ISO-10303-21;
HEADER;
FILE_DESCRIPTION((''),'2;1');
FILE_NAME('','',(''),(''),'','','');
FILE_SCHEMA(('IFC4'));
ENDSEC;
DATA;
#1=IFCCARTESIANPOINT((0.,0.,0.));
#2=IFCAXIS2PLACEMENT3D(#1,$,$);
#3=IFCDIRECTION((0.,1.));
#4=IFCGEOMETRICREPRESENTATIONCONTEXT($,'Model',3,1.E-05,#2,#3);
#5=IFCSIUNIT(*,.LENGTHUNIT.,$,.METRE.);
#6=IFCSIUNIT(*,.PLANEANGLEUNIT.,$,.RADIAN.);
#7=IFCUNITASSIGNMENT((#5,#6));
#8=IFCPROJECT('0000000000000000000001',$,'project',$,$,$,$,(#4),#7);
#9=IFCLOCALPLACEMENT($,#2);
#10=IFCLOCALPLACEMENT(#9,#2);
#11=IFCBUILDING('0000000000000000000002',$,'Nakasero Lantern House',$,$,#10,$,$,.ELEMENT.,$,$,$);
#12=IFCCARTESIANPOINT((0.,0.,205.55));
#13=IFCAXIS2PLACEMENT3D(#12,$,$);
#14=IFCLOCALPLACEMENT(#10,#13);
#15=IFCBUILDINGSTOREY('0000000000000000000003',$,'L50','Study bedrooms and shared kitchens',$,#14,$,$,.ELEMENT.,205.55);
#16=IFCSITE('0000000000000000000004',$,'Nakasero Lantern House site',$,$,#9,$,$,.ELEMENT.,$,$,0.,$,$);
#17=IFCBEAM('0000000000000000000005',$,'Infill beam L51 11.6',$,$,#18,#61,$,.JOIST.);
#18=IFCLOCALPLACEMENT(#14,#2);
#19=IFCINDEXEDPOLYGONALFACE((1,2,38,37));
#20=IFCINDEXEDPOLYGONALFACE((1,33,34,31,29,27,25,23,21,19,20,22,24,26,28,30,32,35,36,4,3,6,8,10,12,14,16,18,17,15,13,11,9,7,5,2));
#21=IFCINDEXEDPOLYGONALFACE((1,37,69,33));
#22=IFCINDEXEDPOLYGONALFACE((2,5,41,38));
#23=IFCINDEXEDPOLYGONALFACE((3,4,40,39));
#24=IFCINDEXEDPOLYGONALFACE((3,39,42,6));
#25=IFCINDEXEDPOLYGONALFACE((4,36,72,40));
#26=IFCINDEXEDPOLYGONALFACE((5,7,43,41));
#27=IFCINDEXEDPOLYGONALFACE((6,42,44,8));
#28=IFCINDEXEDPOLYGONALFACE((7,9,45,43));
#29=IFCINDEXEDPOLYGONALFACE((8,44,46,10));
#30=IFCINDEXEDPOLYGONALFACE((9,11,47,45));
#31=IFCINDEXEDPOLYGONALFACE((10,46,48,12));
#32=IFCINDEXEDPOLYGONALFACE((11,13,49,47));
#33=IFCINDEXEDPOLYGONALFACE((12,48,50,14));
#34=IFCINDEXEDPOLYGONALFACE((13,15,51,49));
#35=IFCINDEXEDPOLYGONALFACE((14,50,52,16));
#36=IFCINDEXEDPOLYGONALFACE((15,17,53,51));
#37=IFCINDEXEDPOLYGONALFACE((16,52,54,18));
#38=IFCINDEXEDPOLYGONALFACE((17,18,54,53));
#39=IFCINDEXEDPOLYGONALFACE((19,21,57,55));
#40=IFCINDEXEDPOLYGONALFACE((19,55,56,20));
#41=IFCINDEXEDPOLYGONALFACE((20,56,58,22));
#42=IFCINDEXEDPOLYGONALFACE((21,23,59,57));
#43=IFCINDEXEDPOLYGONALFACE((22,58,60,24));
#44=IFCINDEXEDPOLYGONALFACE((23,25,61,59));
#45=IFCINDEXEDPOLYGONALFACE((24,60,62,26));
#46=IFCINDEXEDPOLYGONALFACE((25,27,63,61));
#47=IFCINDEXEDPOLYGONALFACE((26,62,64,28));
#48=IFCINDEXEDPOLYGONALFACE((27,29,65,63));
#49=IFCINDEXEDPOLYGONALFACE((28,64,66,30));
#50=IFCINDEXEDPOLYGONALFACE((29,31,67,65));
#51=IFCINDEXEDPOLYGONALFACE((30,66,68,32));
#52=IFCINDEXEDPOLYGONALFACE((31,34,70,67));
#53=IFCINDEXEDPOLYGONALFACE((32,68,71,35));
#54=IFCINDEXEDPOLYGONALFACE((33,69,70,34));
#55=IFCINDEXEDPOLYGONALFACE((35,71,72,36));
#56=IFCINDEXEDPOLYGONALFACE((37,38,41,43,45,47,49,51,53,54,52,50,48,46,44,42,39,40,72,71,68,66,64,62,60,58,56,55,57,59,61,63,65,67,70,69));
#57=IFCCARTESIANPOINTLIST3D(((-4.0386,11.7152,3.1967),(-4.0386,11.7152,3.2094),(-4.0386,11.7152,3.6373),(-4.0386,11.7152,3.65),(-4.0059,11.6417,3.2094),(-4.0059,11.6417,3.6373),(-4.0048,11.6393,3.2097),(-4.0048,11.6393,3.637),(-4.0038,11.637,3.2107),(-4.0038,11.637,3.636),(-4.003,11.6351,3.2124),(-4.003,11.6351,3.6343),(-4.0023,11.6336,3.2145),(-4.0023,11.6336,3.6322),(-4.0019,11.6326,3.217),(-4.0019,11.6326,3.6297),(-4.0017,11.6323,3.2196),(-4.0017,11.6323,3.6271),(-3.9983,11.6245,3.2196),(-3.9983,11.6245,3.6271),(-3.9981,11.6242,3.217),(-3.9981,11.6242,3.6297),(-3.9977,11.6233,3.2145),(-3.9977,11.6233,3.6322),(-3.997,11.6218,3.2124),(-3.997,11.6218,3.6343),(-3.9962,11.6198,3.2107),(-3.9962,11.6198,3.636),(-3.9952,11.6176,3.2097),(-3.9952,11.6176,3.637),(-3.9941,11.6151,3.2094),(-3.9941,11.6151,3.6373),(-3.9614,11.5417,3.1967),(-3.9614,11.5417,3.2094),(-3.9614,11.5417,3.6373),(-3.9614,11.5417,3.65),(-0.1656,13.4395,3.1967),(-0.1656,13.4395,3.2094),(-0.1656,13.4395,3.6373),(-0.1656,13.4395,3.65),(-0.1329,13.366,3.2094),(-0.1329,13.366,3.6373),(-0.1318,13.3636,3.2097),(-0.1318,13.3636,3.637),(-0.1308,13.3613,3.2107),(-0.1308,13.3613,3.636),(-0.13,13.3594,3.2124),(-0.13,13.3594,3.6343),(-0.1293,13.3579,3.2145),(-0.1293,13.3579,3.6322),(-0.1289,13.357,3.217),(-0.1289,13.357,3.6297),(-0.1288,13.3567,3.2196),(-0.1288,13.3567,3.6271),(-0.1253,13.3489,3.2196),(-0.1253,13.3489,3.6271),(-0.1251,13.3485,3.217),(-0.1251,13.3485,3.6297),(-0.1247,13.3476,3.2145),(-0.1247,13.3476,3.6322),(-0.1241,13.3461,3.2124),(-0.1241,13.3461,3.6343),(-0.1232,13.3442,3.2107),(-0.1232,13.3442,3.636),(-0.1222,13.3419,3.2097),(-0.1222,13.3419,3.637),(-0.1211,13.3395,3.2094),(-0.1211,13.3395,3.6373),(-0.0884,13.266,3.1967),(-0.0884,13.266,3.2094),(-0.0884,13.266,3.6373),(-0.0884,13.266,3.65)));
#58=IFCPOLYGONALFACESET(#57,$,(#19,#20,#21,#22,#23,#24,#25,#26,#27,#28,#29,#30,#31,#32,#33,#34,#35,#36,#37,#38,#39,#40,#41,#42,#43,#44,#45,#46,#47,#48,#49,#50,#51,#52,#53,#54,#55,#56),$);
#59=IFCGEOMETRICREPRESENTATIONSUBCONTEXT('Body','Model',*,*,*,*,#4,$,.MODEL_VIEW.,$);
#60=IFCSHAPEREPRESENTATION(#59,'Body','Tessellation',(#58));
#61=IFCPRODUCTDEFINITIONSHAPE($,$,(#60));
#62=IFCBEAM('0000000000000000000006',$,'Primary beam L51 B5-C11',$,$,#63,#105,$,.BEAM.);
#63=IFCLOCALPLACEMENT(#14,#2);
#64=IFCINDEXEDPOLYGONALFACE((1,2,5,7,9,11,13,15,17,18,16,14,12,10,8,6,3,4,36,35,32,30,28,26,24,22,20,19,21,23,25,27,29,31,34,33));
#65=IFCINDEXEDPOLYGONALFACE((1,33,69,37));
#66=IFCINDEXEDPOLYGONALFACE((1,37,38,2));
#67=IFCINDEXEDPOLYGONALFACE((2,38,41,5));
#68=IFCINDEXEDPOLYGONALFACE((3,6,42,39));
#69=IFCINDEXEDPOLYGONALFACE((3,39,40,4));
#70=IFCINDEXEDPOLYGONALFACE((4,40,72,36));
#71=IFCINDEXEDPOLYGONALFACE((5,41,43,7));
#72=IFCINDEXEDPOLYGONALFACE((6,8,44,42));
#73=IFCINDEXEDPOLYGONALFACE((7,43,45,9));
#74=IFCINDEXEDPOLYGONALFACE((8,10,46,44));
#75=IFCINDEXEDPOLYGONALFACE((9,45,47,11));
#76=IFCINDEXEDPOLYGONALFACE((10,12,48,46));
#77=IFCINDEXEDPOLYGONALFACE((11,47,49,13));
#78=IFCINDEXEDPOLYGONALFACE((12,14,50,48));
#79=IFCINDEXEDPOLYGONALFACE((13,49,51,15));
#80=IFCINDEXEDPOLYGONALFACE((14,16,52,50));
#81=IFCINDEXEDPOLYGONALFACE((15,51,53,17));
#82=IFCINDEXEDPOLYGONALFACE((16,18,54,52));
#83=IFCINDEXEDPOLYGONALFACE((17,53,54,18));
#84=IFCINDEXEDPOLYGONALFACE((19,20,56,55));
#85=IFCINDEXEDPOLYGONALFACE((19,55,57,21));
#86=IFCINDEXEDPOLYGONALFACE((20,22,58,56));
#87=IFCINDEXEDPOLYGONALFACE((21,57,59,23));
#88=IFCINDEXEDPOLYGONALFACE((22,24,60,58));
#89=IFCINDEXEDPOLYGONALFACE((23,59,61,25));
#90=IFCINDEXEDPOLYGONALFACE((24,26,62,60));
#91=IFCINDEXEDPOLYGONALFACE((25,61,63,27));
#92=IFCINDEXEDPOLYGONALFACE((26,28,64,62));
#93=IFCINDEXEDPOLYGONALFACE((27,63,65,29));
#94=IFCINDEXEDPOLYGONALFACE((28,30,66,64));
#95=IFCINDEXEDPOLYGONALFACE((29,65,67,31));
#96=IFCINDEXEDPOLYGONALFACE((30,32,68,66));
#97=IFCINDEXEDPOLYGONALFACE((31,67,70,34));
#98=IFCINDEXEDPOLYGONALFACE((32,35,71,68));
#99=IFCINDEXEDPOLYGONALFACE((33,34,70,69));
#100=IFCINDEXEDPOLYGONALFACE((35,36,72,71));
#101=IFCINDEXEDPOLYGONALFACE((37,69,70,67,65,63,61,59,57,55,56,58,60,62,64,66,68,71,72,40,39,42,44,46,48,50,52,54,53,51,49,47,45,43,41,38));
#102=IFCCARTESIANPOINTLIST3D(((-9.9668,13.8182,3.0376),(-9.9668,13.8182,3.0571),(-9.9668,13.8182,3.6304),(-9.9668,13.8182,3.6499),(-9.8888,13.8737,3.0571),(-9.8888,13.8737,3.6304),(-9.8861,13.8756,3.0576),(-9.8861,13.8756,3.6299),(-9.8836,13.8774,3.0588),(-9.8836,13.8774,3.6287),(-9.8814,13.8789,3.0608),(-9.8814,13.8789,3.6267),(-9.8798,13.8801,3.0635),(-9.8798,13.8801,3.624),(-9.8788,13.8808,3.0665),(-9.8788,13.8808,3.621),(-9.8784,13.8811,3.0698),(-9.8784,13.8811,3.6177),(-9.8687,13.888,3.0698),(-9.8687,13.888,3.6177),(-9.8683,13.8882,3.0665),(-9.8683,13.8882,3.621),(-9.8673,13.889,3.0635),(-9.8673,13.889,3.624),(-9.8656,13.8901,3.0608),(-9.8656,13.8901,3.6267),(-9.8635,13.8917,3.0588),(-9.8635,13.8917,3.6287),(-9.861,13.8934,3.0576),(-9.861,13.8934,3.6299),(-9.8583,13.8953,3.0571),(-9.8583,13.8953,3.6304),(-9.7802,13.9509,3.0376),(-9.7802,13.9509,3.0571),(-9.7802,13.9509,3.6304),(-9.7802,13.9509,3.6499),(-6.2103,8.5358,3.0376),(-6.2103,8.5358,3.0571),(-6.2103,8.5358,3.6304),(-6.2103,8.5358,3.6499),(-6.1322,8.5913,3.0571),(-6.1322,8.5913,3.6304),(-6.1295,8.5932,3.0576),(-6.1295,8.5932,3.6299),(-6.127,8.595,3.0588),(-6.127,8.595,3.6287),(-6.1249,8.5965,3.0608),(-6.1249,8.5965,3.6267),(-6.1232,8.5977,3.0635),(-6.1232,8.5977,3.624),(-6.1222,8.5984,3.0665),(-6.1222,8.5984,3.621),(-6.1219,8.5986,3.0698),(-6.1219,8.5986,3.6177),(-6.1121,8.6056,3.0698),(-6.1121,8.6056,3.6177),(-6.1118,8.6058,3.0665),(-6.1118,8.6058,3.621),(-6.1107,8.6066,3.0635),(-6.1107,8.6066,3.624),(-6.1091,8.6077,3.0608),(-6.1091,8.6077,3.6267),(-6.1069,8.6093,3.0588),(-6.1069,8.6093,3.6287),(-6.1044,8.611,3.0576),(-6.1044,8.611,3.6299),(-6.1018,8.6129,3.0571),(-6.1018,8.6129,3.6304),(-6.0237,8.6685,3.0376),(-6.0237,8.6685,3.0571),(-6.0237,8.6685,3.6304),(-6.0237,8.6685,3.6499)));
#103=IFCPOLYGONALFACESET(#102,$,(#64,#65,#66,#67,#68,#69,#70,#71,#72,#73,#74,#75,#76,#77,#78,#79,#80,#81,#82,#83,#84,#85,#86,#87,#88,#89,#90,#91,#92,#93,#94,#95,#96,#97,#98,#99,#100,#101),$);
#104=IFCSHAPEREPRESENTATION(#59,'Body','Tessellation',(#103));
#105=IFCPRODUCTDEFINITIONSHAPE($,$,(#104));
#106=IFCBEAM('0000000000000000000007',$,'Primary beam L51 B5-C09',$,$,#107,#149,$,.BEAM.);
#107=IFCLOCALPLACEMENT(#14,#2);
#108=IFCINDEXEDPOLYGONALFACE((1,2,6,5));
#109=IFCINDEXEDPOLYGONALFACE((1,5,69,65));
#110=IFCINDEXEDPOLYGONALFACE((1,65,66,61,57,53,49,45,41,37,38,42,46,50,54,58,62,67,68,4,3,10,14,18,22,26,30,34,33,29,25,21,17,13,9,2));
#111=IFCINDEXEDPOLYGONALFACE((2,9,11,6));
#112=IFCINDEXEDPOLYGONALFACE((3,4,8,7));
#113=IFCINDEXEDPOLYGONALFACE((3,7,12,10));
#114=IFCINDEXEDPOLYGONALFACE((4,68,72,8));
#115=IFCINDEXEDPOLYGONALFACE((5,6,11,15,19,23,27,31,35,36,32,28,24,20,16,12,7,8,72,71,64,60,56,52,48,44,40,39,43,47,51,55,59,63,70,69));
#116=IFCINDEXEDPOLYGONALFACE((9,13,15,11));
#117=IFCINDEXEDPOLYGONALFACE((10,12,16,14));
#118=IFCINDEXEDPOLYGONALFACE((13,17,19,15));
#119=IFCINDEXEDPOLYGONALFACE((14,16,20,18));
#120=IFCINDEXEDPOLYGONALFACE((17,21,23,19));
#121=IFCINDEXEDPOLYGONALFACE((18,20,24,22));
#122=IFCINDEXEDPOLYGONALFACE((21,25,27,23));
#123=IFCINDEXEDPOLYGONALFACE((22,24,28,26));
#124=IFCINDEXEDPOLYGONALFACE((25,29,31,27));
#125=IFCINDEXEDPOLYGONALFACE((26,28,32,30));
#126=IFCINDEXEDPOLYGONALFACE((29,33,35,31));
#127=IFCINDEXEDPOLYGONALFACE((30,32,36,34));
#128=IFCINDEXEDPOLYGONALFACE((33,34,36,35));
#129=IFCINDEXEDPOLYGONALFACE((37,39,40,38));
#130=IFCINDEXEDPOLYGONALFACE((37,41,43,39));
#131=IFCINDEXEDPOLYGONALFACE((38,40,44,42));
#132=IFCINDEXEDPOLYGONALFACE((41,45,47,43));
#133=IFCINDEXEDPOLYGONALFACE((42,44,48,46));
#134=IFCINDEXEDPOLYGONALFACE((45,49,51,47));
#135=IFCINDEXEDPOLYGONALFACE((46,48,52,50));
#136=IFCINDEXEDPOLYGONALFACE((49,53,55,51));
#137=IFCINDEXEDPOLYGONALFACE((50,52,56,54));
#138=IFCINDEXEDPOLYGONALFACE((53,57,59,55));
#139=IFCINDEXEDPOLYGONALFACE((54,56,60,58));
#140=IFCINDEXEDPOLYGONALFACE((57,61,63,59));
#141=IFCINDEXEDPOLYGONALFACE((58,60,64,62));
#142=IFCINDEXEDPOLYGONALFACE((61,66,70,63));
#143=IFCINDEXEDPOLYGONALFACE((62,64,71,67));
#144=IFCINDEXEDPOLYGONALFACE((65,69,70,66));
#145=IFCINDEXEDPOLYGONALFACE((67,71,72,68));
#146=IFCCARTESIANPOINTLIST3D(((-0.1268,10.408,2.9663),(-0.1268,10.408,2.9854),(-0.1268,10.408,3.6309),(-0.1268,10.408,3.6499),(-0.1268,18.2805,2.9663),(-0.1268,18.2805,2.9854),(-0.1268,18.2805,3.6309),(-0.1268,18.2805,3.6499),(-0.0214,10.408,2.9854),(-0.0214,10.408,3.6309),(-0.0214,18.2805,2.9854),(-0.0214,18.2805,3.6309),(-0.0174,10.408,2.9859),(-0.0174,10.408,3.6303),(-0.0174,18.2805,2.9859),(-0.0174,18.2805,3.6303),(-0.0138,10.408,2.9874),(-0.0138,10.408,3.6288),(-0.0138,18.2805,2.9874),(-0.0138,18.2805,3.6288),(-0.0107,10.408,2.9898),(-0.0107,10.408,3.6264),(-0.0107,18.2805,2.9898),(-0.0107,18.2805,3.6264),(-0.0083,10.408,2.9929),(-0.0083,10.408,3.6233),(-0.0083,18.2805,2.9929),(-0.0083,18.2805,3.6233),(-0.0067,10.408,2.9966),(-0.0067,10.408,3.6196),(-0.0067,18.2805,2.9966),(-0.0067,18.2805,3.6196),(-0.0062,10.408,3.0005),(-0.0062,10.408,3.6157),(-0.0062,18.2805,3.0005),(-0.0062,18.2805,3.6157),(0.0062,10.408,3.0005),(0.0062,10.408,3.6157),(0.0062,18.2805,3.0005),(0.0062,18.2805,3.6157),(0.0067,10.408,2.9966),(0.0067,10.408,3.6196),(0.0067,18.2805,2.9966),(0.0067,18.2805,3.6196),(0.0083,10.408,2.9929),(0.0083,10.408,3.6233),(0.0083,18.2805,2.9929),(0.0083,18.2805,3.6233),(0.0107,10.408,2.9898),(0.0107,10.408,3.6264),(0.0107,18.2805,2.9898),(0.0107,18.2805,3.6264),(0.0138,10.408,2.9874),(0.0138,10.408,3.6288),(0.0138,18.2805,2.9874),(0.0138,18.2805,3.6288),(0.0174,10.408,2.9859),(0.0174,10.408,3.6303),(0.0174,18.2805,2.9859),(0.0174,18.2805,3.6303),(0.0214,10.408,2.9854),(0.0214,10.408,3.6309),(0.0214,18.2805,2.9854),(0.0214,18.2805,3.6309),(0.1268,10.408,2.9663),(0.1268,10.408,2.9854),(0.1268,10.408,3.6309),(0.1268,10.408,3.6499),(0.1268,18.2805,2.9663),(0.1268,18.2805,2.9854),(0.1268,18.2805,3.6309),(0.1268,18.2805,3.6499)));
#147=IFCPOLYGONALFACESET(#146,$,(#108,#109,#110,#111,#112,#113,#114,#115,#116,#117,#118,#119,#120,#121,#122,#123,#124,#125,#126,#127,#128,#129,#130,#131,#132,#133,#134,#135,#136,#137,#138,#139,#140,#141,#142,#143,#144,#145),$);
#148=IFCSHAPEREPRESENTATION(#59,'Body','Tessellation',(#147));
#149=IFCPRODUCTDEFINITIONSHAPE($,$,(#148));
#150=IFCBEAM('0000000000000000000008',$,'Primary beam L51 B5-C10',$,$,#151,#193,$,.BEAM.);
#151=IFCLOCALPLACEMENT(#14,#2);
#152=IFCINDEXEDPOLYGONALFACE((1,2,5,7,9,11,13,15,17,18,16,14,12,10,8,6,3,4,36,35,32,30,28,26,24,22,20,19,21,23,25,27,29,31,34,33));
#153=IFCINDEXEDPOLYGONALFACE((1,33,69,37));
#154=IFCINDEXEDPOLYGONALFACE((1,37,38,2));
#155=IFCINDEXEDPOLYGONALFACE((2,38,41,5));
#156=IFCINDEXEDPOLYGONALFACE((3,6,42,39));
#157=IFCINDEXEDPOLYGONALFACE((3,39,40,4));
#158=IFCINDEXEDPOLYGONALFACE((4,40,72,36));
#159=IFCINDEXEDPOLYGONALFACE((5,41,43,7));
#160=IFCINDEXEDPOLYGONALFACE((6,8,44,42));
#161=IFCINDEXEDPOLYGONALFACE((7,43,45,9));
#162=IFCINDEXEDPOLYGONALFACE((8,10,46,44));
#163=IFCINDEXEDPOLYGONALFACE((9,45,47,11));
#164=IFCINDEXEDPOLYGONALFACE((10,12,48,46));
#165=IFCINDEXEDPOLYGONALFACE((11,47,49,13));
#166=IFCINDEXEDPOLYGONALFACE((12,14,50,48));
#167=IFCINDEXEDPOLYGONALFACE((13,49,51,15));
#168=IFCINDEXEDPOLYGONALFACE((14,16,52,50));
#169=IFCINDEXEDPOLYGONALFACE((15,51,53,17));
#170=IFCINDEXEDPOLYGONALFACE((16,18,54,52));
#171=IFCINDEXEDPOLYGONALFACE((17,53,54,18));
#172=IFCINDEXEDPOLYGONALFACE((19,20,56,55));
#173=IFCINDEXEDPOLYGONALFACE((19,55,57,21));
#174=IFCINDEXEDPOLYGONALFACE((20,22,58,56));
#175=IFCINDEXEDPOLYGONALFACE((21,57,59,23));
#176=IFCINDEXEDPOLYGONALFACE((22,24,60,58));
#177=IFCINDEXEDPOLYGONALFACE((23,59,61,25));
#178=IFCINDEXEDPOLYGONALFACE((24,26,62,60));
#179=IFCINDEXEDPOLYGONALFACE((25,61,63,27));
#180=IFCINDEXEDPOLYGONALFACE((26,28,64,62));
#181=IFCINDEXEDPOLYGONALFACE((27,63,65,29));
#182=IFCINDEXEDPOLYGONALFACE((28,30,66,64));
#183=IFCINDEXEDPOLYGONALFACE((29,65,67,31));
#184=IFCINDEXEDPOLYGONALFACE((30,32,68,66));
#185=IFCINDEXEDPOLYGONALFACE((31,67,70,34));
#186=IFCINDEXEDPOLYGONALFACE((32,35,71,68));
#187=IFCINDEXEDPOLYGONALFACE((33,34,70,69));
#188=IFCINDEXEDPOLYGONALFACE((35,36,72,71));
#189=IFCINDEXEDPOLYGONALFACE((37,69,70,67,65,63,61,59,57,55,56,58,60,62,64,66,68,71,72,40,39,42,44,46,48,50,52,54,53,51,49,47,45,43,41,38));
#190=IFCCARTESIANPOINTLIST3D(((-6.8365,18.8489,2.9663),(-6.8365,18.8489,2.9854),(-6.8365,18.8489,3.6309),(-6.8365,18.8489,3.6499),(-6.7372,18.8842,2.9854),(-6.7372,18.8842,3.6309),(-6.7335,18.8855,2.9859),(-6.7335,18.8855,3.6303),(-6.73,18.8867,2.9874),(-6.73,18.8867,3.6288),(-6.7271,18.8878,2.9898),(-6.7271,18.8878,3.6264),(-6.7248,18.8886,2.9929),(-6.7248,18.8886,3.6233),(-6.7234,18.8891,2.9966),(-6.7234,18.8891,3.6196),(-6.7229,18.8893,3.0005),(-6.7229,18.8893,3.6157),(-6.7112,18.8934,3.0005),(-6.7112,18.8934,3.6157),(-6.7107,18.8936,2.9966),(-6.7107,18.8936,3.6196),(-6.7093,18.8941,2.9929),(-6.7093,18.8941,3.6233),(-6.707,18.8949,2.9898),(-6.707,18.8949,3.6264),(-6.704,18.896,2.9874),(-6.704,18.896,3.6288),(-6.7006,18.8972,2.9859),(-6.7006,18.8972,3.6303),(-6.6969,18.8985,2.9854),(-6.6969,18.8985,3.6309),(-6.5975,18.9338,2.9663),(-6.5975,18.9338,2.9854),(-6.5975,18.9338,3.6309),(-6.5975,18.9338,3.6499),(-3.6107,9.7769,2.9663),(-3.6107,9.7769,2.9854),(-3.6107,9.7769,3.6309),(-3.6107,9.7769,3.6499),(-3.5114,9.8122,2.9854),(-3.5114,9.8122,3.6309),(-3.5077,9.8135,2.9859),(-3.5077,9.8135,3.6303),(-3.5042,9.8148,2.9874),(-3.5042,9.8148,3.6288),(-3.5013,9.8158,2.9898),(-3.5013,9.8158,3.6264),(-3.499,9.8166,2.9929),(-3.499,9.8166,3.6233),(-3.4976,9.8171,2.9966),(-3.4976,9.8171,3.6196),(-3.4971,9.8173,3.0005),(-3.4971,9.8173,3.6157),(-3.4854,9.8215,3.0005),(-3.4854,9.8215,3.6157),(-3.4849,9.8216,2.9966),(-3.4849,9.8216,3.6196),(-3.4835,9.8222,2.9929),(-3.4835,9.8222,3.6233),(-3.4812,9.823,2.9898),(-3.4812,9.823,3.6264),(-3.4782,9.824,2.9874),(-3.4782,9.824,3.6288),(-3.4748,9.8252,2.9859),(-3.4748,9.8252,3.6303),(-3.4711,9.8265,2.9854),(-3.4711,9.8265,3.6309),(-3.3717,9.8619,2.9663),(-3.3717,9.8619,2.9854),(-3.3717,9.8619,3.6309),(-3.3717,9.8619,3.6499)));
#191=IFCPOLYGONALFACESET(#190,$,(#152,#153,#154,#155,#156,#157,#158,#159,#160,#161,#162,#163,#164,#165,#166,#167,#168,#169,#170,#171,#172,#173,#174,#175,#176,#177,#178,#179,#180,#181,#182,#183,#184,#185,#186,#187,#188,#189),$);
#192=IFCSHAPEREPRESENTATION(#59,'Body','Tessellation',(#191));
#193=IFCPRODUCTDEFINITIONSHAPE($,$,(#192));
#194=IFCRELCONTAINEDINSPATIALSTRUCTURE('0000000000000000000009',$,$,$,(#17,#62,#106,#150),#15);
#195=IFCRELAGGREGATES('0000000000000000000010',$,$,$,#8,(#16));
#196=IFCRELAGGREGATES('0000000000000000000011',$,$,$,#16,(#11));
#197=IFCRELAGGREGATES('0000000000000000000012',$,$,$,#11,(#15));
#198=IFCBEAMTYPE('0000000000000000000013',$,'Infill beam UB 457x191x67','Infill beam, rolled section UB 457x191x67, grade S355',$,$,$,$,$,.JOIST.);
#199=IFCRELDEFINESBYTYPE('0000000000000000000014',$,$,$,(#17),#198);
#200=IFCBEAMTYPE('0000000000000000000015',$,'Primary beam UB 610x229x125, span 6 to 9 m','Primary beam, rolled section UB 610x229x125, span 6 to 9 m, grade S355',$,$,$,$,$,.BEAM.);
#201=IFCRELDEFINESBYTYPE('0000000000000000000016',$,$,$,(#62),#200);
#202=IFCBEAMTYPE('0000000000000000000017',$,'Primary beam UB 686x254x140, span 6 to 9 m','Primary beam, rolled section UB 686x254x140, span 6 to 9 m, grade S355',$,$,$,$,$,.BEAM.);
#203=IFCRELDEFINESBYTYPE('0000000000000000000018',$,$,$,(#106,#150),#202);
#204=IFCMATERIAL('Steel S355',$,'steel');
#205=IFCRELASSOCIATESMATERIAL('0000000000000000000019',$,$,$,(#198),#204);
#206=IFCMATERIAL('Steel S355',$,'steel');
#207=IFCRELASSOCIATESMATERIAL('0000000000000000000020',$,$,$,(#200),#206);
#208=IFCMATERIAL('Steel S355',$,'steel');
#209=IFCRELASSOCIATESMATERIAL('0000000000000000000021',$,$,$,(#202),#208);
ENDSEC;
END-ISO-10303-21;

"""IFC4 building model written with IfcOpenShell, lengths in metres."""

from ifc_helpers import new_model, si_unit, direction, frame, origin, origin_2d, place, context, subcontext, project, spatial, i_section, extrude, material, material_profile, profile_set, type_object, element, save


model = new_model("IFC4")

# Units and contexts
model_context = context("Model", 3, precision=1e-05, world=origin(), true_north=direction((0.0, 1.0)))
body_context = subcontext(model_context, "Body", "Model", "MODEL_VIEW")
ifc_project = project(units=[si_unit("LENGTHUNIT", "METRE"), si_unit("PLANEANGLEUNIT", "RADIAN")], contexts=[model_context])

# Site, building, storey
site_placement = place(None, origin())
site = spatial("IfcSite", under=ifc_project, at=site_placement, Name="Nakasero Lantern House site", CompositionType="ELEMENT", RefElevation=0.0)
building_placement = place(site_placement, origin())
building = spatial("IfcBuilding", under=site, at=building_placement, Name="Nakasero Lantern House", CompositionType="ELEMENT")
storey_placement = place(building_placement, frame((0.0, 0.0, 205.55)))
storey = spatial("IfcBuildingStorey", under=building, at=storey_placement, Name="L50", Description="Study bedrooms and shared kitchens", CompositionType="ELEMENT", Elevation=205.55)

# Beams
ifc_material_1 = material(Name="Steel S355", Category="steel")
ifc_material_profile_1 = material_profile(ifc_material_1, i_section(OverallWidth=0.1899, OverallDepth=0.4534, WebThickness=0.0085, FlangeThickness=0.0127, FilletRadius=0.0103, at=origin_2d()), Name="UB 457x191x67")
ifc_profile_set_1 = profile_set([ifc_material_profile_1], Name="Steel S355")
beam_type_1 = type_object("IfcBeamType", Name="Infill beam UB 457x191x67", Description="Infill beam, rolled section UB 457x191x67, grade S355", PredefinedType="JOIST", material=ifc_profile_set_1)
beam_1_placement = place(storey_placement, frame((-4.0, 11.6284, 3.4233), z_axis=(0.913548, 0.406731, 0.0), x_axis=(-0.406731, 0.913548, 0.0)))
element("IfcBeam", 1, at=beam_1_placement, inside=storey, type_object=beam_type_1, Name="Infill beam L51 11.6", PredefinedType="JOIST", context=body_context, shape_type="SweptSolid", body=[
    extrude(i_section(OverallWidth=0.1899, OverallDepth=0.4534, WebThickness=0.0085, FlangeThickness=0.0127, FilletRadius=0.0103, at=origin_2d()), origin(), (0.0, 0.0, 1.0), 4.2395),
])
ifc_material_2 = material(Name="Steel S355", Category="steel")
ifc_material_profile_2 = material_profile(ifc_material_2, i_section(OverallWidth=0.229, OverallDepth=0.6123, WebThickness=0.012, FlangeThickness=0.0195, FilletRadius=0.0127, at=origin_2d()), Name="UB 610x229x125")
ifc_profile_set_2 = profile_set([ifc_material_profile_2], Name="Steel S355")
beam_type_2 = type_object("IfcBeamType", Name="Primary beam UB 610x229x125, span 6 to 9 m", Description="Primary beam, rolled section UB 610x229x125, span 6 to 9 m, grade S355", PredefinedType="BEAM", material=ifc_profile_set_2)
beam_2_placement = place(storey_placement, frame((-9.8735, 13.8845, 3.3438), z_axis=(0.579541, -0.814943, 0.0), x_axis=(0.814943, 0.579541, 0.0)))
element("IfcBeam", 2, at=beam_2_placement, inside=storey, type_object=beam_type_2, Name="Primary beam L51 B5-C11", PredefinedType="BEAM", context=body_context, shape_type="SweptSolid", body=[
    extrude(i_section(OverallWidth=0.229, OverallDepth=0.6123, WebThickness=0.012, FlangeThickness=0.0195, FilletRadius=0.0127, at=origin_2d()), origin(), (0.0, 0.0, 1.0), 6.4819),
])
ifc_material_3 = material(Name="Steel S355", Category="steel")
ifc_material_profile_3 = material_profile(ifc_material_3, i_section(OverallWidth=0.2537, OverallDepth=0.6836, WebThickness=0.0125, FlangeThickness=0.019, FilletRadius=0.0151, at=origin_2d()), Name="UB 686x254x140")
ifc_profile_set_3 = profile_set([ifc_material_profile_3], Name="Steel S355")
beam_type_3 = type_object("IfcBeamType", Name="Primary beam UB 686x254x140, span 6 to 9 m", Description="Primary beam, rolled section UB 686x254x140, span 6 to 9 m, grade S355", PredefinedType="BEAM", material=ifc_profile_set_3)
beam_3_placement = place(storey_placement, frame((0.0, 18.2805, 3.3081), z_axis=(0.0, -1.0, 0.0), x_axis=(1.0, 0.0, 0.0)))
element("IfcBeam", 3, at=beam_3_placement, inside=storey, type_object=beam_type_3, Name="Primary beam L51 B5-C09", PredefinedType="BEAM", context=body_context, shape_type="SweptSolid", body=[
    extrude(i_section(OverallWidth=0.2537, OverallDepth=0.6836, WebThickness=0.0125, FlangeThickness=0.019, FilletRadius=0.0151, at=origin_2d()), origin(), (0.0, 0.0, 1.0), 7.8726),
])
beam_4_placement = place(storey_placement, frame((-6.717, 18.8914, 3.3081), z_axis=(0.33503, -0.942207, 0.0), x_axis=(0.942207, 0.33503, 0.0)))
element("IfcBeam", 4, at=beam_4_placement, inside=storey, type_object=beam_type_3, Name="Primary beam L51 B5-C10", PredefinedType="BEAM", context=body_context, shape_type="SweptSolid", body=[
    extrude(i_section(OverallWidth=0.2537, OverallDepth=0.6836, WebThickness=0.0125, FlangeThickness=0.019, FilletRadius=0.0151, at=origin_2d()), origin(), (0.0, 0.0, 1.0), 9.6284),
])

save(model, "model.ifc")
